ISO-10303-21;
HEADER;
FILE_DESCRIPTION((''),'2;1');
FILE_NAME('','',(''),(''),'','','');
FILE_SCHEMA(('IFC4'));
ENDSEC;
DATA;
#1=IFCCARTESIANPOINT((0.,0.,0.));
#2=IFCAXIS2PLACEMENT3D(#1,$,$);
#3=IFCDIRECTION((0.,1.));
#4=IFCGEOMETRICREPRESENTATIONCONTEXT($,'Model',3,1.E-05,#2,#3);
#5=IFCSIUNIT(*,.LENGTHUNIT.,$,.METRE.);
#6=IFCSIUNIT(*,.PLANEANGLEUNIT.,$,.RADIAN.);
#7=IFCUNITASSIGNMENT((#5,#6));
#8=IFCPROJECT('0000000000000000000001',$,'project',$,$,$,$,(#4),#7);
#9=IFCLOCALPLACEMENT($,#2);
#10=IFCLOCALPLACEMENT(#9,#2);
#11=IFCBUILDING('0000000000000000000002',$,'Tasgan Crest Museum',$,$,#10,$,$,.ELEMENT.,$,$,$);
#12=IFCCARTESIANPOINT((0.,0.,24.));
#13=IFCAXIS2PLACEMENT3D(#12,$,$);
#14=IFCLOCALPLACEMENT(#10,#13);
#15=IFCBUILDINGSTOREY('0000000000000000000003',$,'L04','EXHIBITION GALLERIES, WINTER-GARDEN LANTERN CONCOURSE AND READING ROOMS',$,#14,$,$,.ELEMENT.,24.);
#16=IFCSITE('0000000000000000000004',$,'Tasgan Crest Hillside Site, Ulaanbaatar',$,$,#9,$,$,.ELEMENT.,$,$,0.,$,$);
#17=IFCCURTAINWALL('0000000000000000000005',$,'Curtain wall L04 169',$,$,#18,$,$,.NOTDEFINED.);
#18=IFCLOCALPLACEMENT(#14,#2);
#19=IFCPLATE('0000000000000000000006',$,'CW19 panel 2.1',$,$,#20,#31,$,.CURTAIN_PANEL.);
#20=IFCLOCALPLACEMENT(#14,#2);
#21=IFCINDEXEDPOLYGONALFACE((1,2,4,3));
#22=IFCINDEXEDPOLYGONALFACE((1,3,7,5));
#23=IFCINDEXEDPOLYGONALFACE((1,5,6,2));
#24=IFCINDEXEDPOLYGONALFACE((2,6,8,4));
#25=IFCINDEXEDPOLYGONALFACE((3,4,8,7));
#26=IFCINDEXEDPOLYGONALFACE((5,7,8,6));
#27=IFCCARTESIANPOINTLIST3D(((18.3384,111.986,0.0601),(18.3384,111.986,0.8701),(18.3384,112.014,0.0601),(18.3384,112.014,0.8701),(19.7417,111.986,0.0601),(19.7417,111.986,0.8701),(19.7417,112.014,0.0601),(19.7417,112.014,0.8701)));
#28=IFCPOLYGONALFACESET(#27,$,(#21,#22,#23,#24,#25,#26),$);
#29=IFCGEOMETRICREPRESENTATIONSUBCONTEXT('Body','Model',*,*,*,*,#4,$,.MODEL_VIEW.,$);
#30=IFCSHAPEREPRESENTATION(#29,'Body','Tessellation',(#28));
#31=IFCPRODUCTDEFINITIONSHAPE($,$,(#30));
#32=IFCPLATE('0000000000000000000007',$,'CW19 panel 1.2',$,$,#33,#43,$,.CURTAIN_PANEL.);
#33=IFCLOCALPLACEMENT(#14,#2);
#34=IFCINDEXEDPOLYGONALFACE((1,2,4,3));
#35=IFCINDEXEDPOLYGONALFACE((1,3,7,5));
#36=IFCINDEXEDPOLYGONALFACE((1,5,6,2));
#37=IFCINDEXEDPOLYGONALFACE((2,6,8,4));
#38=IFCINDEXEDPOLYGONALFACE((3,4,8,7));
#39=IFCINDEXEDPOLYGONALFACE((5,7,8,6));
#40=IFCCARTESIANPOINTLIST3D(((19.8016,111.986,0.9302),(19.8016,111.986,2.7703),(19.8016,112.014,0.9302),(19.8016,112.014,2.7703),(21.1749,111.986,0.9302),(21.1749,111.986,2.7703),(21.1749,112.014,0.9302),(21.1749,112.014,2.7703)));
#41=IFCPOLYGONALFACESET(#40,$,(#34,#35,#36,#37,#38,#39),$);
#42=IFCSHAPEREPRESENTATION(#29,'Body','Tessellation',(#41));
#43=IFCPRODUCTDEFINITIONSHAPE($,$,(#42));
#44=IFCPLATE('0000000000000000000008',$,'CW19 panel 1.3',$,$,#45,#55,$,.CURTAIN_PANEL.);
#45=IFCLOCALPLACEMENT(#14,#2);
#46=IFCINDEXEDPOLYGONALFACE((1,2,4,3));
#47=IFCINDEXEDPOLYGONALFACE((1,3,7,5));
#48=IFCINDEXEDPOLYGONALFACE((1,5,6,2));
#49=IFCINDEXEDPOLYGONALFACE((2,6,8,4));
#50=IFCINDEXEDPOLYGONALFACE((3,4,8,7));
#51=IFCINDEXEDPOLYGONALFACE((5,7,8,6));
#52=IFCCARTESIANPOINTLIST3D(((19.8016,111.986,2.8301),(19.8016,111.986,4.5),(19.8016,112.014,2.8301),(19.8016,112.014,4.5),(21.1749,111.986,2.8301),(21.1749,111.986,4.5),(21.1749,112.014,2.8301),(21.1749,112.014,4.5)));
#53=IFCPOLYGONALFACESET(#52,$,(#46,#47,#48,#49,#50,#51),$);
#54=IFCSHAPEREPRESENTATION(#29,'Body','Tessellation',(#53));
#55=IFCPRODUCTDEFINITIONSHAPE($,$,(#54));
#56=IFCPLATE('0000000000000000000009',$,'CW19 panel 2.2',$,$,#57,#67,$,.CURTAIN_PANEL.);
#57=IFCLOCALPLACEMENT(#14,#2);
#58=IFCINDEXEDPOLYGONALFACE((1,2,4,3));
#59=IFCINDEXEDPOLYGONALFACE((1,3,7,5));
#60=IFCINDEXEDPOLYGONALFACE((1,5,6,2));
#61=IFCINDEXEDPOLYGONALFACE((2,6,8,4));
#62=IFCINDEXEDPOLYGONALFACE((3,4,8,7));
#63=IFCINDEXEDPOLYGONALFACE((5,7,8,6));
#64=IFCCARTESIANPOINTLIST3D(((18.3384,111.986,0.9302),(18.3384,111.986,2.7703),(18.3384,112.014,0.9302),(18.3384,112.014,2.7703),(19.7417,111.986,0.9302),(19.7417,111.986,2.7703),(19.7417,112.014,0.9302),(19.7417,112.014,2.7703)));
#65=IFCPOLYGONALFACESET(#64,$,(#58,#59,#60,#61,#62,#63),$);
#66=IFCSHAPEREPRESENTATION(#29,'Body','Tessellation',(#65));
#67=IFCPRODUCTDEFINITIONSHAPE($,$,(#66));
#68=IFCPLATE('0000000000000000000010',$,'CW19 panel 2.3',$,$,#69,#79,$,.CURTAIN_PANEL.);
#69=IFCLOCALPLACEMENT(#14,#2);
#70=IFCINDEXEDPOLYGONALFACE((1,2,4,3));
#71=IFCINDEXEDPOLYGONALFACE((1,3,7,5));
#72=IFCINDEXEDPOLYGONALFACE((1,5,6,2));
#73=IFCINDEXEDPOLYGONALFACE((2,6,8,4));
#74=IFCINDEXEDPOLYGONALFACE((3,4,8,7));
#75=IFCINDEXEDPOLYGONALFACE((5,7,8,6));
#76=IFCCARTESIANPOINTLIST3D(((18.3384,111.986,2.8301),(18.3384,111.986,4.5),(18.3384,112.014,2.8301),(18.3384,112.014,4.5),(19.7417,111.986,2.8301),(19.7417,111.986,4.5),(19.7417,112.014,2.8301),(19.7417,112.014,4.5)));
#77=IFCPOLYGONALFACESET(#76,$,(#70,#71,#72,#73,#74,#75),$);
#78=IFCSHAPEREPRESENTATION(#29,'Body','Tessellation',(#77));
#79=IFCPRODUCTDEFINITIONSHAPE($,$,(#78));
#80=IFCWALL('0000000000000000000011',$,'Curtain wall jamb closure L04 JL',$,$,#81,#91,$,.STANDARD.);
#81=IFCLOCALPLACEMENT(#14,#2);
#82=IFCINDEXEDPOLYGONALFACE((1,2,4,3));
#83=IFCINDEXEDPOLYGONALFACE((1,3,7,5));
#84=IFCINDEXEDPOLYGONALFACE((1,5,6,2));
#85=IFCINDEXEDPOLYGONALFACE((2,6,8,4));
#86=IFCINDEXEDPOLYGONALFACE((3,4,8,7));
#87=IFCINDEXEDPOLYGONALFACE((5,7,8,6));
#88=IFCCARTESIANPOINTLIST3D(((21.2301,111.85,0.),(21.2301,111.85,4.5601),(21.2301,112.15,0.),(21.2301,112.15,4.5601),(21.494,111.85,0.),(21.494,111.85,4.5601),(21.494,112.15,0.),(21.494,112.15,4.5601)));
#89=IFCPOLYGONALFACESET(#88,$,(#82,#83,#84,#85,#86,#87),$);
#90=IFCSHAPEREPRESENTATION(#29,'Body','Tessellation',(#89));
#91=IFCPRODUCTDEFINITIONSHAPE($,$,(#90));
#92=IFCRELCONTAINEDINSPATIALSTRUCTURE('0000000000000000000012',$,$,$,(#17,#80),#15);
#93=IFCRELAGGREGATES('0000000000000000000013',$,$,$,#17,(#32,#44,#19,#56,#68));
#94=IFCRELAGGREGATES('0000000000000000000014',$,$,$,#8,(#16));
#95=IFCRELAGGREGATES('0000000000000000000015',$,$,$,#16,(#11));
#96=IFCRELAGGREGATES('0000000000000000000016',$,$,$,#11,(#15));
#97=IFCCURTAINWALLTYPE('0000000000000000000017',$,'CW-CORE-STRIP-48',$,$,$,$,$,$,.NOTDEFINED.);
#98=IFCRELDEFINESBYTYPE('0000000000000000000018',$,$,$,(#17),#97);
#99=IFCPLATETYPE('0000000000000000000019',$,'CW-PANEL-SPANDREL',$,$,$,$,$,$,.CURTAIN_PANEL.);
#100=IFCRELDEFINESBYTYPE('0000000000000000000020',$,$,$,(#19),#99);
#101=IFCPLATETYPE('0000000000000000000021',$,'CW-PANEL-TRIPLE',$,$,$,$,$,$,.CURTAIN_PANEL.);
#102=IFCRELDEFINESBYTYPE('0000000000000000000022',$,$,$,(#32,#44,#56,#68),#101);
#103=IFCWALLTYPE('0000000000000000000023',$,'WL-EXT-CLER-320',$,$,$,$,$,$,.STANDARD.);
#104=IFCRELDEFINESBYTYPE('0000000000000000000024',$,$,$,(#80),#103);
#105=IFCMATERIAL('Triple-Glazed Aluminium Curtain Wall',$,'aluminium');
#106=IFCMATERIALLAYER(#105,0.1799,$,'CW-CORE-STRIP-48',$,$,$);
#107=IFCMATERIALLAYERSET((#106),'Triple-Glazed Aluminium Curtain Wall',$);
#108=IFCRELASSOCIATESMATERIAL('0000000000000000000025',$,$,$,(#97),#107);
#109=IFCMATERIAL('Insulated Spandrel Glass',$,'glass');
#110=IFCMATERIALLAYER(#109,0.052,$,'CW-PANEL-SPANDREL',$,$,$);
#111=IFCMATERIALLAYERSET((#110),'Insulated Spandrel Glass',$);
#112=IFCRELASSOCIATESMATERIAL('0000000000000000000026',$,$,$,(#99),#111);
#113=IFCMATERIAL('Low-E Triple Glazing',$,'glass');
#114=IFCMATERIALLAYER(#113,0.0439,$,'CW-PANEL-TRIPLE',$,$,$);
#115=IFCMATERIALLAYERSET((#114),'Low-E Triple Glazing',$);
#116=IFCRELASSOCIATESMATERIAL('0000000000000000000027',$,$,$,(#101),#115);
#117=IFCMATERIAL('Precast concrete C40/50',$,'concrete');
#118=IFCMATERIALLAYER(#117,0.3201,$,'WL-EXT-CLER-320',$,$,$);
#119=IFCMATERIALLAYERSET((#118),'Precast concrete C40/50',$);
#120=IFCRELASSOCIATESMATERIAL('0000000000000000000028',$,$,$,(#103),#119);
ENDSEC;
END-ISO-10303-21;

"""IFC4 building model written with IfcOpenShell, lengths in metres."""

from ifc_helpers import new_model, si_unit, direction, frame, frame_2d, origin, origin_2d, place, context, subcontext, project, spatial, rectangle, extrude, material, layer, layer_set, type_object, element, aggregate, save


model = new_model("IFC4")

# Units and contexts
model_context = context("Model", 3, precision=1e-05, world=origin(), true_north=direction((0.0, 1.0)))
body_context = subcontext(model_context, "Body", "Model", "MODEL_VIEW")
ifc_project = project(units=[si_unit("LENGTHUNIT", "METRE"), si_unit("PLANEANGLEUNIT", "RADIAN")], contexts=[model_context])

# Site, building, storey
site_placement = place(None, origin())
site = spatial("IfcSite", under=ifc_project, at=site_placement, Name="Tasgan Crest Hillside Site, Ulaanbaatar", CompositionType="ELEMENT", RefElevation=0.0)
building_placement = place(site_placement, origin())
building = spatial("IfcBuilding", under=site, at=building_placement, Name="Tasgan Crest Museum", CompositionType="ELEMENT")
storey_placement = place(building_placement, frame((0.0, 0.0, 24.0)))
storey = spatial("IfcBuildingStorey", under=building, at=storey_placement, Name="L04", Description="EXHIBITION GALLERIES, WINTER-GARDEN LANTERN CONCOURSE AND READING ROOMS", CompositionType="ELEMENT", Elevation=24.0)

# Curtain wall, plates
ifc_material_1 = material(Name="Triple-Glazed Aluminium Curtain Wall", Category="aluminium")
ifc_layer_1 = layer(ifc_material_1, 0.1799, Name="CW-CORE-STRIP-48")
ifc_layer_set_1 = layer_set([ifc_layer_1], Name="Triple-Glazed Aluminium Curtain Wall")
curtain_wall_type = type_object("IfcCurtainWallType", Name="CW-CORE-STRIP-48", PredefinedType="NOTDEFINED", material=ifc_layer_set_1)
curtain_wall_placement = place(storey_placement, origin())
curtain_wall = element("IfcCurtainWall", 1, at=curtain_wall_placement, inside=storey, type_object=curtain_wall_type, Name="Curtain wall L04 169", PredefinedType="NOTDEFINED")
ifc_material_2 = material(Name="Insulated Spandrel Glass", Category="glass")
ifc_layer_2 = layer(ifc_material_2, 0.052, Name="CW-PANEL-SPANDREL")
ifc_layer_set_2 = layer_set([ifc_layer_2], Name="Insulated Spandrel Glass")
plate_type_1 = type_object("IfcPlateType", Name="CW-PANEL-SPANDREL", PredefinedType="CURTAIN_PANEL", material=ifc_layer_set_2)
plate_1_placement = place(storey_placement, frame((19.04, 112.0, 0.0601), z_axis=(0.0, 0.0, 1.0), x_axis=(-1.0, 0.0, 0.0)))
plate_1 = element("IfcPlate", 2, at=plate_1_placement, type_object=plate_type_1, Name="CW19 panel 2.1", PredefinedType="CURTAIN_PANEL", context=body_context, shape_type="SweptSolid", body=[
    extrude(rectangle(XDim=1.4033, YDim=0.0281, at=origin_2d()), origin(), (0.0, 0.0, 1.0), 0.8101),
])
ifc_material_3 = material(Name="Low-E Triple Glazing", Category="glass")
ifc_layer_3 = layer(ifc_material_3, 0.0439, Name="CW-PANEL-TRIPLE")
ifc_layer_set_3 = layer_set([ifc_layer_3], Name="Low-E Triple Glazing")
plate_type_2 = type_object("IfcPlateType", Name="CW-PANEL-TRIPLE", PredefinedType="CURTAIN_PANEL", material=ifc_layer_set_3)
plate_2_placement = place(storey_placement, frame((20.4883, 112.0, 0.9302), z_axis=(0.0, 0.0, 1.0), x_axis=(-1.0, 0.0, 0.0)))
plate_2 = element("IfcPlate", 3, at=plate_2_placement, type_object=plate_type_2, Name="CW19 panel 1.2", PredefinedType="CURTAIN_PANEL", context=body_context, shape_type="SweptSolid", body=[
    extrude(rectangle(XDim=1.3733, YDim=0.0281, at=origin_2d()), origin(), (0.0, 0.0, 1.0), 1.8401),
])
plate_3_placement = place(storey_placement, frame((20.4883, 112.0, 2.8301), z_axis=(0.0, 0.0, 1.0), x_axis=(-1.0, 0.0, 0.0)))
plate_3 = element("IfcPlate", 4, at=plate_3_placement, type_object=plate_type_2, Name="CW19 panel 1.3", PredefinedType="CURTAIN_PANEL", context=body_context, shape_type="SweptSolid", body=[
    extrude(rectangle(XDim=1.3733, YDim=0.0281, at=origin_2d()), origin(), (0.0, 0.0, 1.0), 1.6699),
])
plate_4_placement = place(storey_placement, frame((19.04, 112.0, 0.9302), z_axis=(0.0, 0.0, 1.0), x_axis=(-1.0, 0.0, 0.0)))
plate_4 = element("IfcPlate", 5, at=plate_4_placement, type_object=plate_type_2, Name="CW19 panel 2.2", PredefinedType="CURTAIN_PANEL", context=body_context, shape_type="SweptSolid", body=[
    extrude(rectangle(XDim=1.4033, YDim=0.0281, at=origin_2d()), origin(), (0.0, 0.0, 1.0), 1.8401),
])
plate_5_placement = place(storey_placement, frame((19.04, 112.0, 2.8301), z_axis=(0.0, 0.0, 1.0), x_axis=(-1.0, 0.0, 0.0)))
plate_5 = element("IfcPlate", 6, at=plate_5_placement, type_object=plate_type_2, Name="CW19 panel 2.3", PredefinedType="CURTAIN_PANEL", context=body_context, shape_type="SweptSolid", body=[
    extrude(rectangle(XDim=1.4033, YDim=0.0281, at=origin_2d()), origin(), (0.0, 0.0, 1.0), 1.6699),
])
aggregate(curtain_wall, [plate_2, plate_3, plate_1, plate_4, plate_5])

# Wall
ifc_material_4 = material(Name="Precast concrete C40/50", Category="concrete")
ifc_layer_4 = layer(ifc_material_4, 0.3201, Name="WL-EXT-CLER-320")
ifc_layer_set_4 = layer_set([ifc_layer_4], Name="Precast concrete C40/50")
wall_type = type_object("IfcWallType", Name="WL-EXT-CLER-320", PredefinedType="STANDARD", material=ifc_layer_set_4)
wall_placement = place(storey_placement, frame((21.4939, 112.0, 0.0), z_axis=(0.0, 0.0, 1.0), x_axis=(-1.0, 0.0, 0.0)))
element("IfcWall", 7, at=wall_placement, inside=storey, type_object=wall_type, Name="Curtain wall jamb closure L04 JL", PredefinedType="STANDARD", context=body_context, shape_type="SweptSolid", body=[
    extrude(rectangle(XDim=0.2639, YDim=0.3, at=frame_2d((0.1318, 0.0))), origin(), (0.0, 0.0, 1.0), 4.5601),
])

save(model, "model.ifc")
